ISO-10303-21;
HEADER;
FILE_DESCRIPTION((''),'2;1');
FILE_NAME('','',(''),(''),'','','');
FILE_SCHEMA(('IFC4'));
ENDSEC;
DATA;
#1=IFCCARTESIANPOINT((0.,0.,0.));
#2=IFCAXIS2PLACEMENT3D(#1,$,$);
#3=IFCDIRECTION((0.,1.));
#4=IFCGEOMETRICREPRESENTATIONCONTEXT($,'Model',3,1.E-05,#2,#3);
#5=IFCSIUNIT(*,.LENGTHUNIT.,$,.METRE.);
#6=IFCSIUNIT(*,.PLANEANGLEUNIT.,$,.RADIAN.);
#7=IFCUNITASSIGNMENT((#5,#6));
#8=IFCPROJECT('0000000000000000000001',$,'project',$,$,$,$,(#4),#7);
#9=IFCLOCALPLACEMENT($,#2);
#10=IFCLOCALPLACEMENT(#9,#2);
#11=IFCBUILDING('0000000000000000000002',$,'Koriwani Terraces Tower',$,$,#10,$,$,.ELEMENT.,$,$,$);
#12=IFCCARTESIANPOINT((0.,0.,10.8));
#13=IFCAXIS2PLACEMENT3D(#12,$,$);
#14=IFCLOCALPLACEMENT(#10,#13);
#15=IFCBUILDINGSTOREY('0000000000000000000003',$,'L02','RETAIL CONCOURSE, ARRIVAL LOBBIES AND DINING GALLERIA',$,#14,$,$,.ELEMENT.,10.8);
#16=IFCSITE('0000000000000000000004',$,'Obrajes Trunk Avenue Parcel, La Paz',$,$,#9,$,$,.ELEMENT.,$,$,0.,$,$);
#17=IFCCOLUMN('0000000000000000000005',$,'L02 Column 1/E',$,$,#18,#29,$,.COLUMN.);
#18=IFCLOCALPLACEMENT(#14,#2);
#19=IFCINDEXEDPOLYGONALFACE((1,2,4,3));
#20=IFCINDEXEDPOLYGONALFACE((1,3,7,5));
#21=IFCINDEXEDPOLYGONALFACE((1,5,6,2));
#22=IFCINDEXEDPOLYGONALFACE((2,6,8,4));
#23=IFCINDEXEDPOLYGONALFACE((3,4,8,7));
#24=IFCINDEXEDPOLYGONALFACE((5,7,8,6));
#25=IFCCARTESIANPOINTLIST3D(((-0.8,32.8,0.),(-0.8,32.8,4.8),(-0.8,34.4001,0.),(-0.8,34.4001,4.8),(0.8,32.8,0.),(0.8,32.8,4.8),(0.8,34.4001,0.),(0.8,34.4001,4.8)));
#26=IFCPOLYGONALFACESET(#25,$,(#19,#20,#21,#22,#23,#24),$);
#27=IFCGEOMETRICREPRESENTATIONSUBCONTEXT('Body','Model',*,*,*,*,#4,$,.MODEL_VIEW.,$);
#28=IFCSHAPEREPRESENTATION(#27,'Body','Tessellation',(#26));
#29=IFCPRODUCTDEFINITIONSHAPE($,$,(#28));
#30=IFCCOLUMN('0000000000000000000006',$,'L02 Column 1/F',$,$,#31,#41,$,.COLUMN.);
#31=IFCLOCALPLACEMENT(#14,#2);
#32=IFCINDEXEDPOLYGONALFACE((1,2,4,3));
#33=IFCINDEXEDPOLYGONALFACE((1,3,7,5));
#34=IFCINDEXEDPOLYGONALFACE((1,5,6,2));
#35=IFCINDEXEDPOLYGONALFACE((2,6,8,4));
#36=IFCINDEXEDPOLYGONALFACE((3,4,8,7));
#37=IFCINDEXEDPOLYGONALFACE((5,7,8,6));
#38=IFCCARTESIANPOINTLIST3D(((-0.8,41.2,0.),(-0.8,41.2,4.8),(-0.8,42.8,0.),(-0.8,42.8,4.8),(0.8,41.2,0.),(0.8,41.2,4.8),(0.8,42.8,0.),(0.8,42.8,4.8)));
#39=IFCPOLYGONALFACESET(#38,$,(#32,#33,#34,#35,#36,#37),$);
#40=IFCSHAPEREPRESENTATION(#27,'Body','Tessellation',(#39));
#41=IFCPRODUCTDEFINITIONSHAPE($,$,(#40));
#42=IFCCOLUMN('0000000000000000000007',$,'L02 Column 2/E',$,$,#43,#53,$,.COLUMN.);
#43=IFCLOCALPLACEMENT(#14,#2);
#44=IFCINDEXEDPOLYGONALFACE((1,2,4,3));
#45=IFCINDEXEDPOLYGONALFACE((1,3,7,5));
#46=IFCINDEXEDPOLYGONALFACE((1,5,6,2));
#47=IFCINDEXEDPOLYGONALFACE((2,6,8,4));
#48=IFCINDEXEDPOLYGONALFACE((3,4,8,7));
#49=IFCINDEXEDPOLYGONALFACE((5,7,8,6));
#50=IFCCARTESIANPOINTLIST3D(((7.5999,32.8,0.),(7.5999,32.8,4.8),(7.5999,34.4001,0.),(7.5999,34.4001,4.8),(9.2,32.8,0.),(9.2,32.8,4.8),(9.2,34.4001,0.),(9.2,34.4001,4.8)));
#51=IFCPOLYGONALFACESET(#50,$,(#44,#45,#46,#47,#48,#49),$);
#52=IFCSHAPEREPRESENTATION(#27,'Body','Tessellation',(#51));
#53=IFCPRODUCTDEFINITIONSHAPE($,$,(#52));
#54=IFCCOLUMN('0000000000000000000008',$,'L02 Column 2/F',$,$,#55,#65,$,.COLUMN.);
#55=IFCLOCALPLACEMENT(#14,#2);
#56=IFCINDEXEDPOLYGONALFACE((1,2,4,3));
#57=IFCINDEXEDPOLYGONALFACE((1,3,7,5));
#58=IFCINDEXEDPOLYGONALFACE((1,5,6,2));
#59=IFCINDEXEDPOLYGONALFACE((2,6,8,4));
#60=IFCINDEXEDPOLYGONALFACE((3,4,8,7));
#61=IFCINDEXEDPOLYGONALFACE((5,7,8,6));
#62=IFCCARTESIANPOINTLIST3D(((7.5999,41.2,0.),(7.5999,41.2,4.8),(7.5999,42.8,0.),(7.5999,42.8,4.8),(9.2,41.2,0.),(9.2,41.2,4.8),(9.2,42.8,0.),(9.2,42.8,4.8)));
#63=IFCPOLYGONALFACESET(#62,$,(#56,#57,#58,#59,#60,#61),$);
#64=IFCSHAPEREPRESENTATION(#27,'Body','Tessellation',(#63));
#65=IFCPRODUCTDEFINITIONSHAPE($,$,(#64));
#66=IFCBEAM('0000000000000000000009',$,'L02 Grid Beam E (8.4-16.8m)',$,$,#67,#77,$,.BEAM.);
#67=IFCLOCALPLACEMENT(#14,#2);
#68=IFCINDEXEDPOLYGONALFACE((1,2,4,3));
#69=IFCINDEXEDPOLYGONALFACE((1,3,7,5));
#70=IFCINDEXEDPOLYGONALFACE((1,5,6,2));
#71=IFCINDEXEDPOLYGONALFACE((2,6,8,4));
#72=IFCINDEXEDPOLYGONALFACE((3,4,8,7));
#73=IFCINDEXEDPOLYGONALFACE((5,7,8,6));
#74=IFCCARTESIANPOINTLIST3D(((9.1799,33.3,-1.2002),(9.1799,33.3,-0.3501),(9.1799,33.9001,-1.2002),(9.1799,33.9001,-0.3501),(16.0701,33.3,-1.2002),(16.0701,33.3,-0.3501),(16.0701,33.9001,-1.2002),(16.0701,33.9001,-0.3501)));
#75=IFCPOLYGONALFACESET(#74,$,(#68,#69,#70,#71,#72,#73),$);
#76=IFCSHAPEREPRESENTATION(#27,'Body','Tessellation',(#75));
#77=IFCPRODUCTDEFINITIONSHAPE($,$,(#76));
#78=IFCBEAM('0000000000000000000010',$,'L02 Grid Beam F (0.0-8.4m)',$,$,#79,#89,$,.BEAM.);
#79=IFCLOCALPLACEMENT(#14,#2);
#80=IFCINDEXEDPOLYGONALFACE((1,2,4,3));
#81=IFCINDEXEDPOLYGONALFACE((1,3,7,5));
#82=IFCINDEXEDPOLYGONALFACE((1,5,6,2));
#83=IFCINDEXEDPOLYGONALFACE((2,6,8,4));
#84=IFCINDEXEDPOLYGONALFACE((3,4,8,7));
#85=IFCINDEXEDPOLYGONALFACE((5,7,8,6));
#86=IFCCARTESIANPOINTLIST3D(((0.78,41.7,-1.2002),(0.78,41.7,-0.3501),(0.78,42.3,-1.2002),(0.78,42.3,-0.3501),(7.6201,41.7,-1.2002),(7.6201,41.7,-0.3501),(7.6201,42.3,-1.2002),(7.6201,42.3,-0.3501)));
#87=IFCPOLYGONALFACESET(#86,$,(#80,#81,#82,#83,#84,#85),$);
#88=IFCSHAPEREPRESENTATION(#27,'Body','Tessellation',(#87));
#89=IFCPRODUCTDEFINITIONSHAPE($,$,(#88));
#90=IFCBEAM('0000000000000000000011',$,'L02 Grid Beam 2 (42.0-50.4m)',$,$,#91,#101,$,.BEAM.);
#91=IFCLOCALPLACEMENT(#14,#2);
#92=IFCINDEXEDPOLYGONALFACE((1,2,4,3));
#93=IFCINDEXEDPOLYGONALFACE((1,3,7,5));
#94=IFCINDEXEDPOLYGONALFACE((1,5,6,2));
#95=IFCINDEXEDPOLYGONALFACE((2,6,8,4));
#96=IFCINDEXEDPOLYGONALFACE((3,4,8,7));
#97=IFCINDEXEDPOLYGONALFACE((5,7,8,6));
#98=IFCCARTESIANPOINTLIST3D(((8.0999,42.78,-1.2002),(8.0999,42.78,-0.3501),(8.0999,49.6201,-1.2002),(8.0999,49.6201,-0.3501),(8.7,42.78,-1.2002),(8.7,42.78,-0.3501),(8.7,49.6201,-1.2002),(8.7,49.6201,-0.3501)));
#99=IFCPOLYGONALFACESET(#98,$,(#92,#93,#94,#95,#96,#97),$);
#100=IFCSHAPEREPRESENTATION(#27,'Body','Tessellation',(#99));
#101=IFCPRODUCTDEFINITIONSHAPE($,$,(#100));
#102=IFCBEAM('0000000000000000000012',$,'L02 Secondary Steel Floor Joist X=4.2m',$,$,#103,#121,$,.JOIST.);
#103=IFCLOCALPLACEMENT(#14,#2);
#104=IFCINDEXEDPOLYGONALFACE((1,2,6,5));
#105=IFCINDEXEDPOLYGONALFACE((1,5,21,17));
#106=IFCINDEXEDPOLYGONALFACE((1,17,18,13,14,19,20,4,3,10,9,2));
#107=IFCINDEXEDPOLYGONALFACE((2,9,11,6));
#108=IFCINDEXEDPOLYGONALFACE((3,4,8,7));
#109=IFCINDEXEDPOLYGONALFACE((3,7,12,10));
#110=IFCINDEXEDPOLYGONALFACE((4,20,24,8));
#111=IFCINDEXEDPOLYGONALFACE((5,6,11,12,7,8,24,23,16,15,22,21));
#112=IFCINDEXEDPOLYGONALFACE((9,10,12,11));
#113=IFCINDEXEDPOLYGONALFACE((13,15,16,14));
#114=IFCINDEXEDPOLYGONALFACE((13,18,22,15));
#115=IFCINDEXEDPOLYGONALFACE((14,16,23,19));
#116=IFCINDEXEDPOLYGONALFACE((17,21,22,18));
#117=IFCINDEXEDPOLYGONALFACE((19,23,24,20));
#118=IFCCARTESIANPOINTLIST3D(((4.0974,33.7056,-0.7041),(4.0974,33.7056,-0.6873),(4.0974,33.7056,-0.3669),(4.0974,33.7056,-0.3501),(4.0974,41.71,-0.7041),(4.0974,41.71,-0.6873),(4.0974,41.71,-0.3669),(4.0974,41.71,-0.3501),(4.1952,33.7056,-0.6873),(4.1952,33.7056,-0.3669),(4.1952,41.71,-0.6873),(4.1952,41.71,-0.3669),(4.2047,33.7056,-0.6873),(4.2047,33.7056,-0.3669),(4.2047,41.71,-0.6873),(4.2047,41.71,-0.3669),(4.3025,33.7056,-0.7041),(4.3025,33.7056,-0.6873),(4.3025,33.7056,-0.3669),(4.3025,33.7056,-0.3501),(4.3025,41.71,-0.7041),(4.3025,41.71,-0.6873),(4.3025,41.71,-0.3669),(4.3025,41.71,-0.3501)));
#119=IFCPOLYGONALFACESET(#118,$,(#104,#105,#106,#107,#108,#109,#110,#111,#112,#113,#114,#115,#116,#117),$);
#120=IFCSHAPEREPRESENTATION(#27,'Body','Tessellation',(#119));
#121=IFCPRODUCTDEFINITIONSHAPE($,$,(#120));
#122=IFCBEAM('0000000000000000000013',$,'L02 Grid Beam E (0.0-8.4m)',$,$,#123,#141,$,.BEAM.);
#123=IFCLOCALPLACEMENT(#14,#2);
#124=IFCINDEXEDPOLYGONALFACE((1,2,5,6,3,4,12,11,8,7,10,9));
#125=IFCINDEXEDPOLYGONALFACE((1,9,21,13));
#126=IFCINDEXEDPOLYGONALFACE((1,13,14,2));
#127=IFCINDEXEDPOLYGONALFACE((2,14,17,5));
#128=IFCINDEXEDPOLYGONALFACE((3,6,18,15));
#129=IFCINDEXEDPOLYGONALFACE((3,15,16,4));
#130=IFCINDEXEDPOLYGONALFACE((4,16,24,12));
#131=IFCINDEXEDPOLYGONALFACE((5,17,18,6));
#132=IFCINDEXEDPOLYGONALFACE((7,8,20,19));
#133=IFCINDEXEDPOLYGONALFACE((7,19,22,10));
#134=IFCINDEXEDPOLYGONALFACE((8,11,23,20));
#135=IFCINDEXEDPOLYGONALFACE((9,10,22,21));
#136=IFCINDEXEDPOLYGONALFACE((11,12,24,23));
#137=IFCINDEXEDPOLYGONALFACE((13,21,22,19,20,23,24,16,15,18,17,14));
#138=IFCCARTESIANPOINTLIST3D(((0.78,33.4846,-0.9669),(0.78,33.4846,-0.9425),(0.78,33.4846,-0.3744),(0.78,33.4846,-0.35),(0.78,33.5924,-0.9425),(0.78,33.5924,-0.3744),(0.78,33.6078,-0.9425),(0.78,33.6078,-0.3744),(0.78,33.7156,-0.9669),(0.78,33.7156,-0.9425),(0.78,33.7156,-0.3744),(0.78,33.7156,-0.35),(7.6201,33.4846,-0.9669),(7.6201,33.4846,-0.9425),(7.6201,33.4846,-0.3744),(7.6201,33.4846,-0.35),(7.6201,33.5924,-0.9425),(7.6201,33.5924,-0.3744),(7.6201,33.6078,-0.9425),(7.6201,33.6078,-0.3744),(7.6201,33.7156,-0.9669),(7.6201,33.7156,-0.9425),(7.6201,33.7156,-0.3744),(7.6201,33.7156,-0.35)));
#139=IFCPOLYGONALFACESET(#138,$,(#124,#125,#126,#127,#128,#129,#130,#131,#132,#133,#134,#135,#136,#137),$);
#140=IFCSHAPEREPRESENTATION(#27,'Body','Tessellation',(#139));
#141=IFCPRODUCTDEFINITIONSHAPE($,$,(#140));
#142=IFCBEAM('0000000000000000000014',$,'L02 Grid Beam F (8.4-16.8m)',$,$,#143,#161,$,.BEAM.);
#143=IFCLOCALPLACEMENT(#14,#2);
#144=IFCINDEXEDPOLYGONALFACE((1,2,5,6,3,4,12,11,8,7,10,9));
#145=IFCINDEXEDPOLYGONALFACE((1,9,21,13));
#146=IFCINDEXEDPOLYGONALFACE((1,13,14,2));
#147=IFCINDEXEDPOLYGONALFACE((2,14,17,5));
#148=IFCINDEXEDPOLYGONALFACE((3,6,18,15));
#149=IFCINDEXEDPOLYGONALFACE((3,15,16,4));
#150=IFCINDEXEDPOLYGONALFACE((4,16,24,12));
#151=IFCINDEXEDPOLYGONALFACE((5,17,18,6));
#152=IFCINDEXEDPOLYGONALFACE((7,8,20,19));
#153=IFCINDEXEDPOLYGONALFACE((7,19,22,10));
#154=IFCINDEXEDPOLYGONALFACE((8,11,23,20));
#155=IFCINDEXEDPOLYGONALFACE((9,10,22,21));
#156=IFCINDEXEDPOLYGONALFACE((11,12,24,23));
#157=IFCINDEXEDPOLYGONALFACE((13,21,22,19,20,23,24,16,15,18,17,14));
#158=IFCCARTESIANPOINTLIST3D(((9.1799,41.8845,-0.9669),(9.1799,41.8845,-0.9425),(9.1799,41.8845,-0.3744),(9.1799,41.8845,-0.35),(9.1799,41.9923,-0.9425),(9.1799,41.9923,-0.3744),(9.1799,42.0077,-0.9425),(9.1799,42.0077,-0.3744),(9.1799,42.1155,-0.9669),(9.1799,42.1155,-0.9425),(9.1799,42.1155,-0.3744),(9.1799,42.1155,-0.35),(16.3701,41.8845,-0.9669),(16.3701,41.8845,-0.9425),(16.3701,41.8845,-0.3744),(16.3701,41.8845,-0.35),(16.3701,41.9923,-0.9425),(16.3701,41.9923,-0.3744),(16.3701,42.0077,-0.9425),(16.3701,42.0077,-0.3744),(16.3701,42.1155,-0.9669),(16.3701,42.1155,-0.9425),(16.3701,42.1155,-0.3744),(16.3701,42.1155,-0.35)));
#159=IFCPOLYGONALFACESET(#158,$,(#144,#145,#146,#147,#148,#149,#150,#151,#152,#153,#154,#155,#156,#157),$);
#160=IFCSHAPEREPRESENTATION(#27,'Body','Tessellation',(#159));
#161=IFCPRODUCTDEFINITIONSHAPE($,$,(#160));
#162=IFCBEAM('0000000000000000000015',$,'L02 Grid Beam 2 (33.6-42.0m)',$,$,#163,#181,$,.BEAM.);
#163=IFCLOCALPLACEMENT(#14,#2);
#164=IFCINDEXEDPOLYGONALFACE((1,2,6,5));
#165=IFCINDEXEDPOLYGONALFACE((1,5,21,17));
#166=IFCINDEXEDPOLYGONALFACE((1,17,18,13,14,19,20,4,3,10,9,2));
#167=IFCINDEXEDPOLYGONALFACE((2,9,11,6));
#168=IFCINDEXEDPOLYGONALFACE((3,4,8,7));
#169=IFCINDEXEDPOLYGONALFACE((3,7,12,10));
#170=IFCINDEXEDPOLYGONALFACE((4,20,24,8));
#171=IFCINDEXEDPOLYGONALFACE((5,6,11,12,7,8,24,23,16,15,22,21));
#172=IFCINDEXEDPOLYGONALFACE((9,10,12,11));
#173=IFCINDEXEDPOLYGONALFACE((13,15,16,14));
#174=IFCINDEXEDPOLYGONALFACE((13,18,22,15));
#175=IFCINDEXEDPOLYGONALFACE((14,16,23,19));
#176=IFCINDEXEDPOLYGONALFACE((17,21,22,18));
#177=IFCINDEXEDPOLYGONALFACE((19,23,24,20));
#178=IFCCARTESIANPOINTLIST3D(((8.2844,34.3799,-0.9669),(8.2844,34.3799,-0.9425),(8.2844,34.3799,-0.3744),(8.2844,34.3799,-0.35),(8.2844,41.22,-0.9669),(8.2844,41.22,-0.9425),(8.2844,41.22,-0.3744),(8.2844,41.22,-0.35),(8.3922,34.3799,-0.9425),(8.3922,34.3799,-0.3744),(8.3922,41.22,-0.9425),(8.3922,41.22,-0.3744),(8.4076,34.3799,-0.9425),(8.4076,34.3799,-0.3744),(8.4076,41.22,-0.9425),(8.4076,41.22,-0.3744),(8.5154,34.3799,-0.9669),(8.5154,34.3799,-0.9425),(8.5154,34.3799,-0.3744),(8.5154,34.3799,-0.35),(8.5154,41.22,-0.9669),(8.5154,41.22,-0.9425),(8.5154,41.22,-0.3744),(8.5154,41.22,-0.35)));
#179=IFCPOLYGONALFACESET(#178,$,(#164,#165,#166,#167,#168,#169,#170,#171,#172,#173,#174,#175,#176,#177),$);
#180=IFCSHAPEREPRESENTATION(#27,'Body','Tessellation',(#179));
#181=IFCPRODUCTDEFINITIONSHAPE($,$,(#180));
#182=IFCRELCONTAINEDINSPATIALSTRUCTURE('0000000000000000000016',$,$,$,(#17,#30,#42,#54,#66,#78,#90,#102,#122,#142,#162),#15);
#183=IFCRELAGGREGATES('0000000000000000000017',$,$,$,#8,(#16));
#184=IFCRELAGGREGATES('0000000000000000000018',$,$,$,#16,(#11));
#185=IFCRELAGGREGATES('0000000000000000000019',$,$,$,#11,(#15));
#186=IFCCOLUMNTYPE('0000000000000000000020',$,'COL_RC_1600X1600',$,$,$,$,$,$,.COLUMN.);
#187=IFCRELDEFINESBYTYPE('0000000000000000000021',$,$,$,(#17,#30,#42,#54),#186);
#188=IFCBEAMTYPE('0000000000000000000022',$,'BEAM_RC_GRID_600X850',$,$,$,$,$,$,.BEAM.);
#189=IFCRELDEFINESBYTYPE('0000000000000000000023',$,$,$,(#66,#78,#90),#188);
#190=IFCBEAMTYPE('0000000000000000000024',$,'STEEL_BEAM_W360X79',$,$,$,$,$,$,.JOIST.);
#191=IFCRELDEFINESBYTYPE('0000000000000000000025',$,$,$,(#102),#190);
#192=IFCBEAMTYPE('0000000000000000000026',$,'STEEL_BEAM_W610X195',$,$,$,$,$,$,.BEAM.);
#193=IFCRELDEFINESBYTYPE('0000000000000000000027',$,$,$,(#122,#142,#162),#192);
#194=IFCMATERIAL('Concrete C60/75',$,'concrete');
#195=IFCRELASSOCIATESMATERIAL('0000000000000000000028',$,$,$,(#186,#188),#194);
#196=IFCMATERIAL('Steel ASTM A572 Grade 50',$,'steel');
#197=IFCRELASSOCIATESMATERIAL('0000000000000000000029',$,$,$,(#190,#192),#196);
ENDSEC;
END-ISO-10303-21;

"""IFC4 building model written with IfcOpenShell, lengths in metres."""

from ifc_helpers import new_model, si_unit, direction, frame, origin, origin_2d, place, context, subcontext, project, spatial, rectangle, i_section, extrude, material, material_profile, profile_set, type_object, element, save


model = new_model("IFC4")

# Units and contexts
model_context = context("Model", 3, precision=1e-05, world=origin(), true_north=direction((0.0, 1.0)))
body_context = subcontext(model_context, "Body", "Model", "MODEL_VIEW")
ifc_project = project(units=[si_unit("LENGTHUNIT", "METRE"), si_unit("PLANEANGLEUNIT", "RADIAN")], contexts=[model_context])

# Site, building, storey
site_placement = place(None, origin())
site = spatial("IfcSite", under=ifc_project, at=site_placement, Name="Obrajes Trunk Avenue Parcel, La Paz", CompositionType="ELEMENT", RefElevation=0.0)
building_placement = place(site_placement, origin())
building = spatial("IfcBuilding", under=site, at=building_placement, Name="Koriwani Terraces Tower", CompositionType="ELEMENT")
storey_placement = place(building_placement, frame((0.0, 0.0, 10.8)))
storey = spatial("IfcBuildingStorey", under=building, at=storey_placement, Name="L02", Description="RETAIL CONCOURSE, ARRIVAL LOBBIES AND DINING GALLERIA", CompositionType="ELEMENT", Elevation=10.8)

# Columns
ifc_material_1 = material(Name="Concrete C60/75", Category="concrete")
ifc_material_profile_1 = material_profile(ifc_material_1, rectangle(XDim=1.6001, YDim=1.6001, at=origin_2d()), Name="Concrete C60/75", Category="LoadBearing")
ifc_profile_set_1 = profile_set([ifc_material_profile_1], Name="Concrete C60/75")
column_type = type_object("IfcColumnType", Name="COL_RC_1600X1600", PredefinedType="COLUMN", material=ifc_profile_set_1)
for number, where, z_axis, x_axis, name in (
    (1, (0.0, 33.6001, 0.0), (0.0, 0.0, 1.0), (1.0, 0.0, 0.0), "L02 Column 1/E"),
    (2, (0.0, 42.0, 0.0), (0.0, 0.0, 1.0), (1.0, 0.0, 0.0), "L02 Column 1/F"),
    (3, (8.3999, 33.6001, 0.0), (0.0, 0.0, 1.0), (1.0, 0.0, 0.0), "L02 Column 2/E"),
    (4, (8.3999, 42.0, 0.0), (0.0, 0.0, 1.0), (1.0, 0.0, 0.0), "L02 Column 2/F"),
):
    element("IfcColumn", number, at=place(storey_placement, frame(where, z_axis=z_axis, x_axis=x_axis)), inside=storey, type_object=column_type, Name=name, PredefinedType="COLUMN", context=body_context, shape_type="SweptSolid", body=[
        extrude(rectangle(XDim=1.6001, YDim=1.6001, at=origin_2d()), origin(), (0.0, 0.0, 1.0), 4.8),
    ])

# Beams
ifc_material_profile_2 = material_profile(ifc_material_1, rectangle(XDim=0.6001, YDim=0.8501, at=origin_2d()), Name="Concrete C60/75", Category="LoadBearing")
ifc_profile_set_2 = profile_set([ifc_material_profile_2], Name="Concrete C60/75")
beam_type_1 = type_object("IfcBeamType", Name="BEAM_RC_GRID_600X850", PredefinedType="BEAM", material=ifc_profile_set_2)
beam_1_placement = place(storey_placement, frame((9.1799, 33.6001, -0.7751), z_axis=(1.0, 0.0, 0.0), x_axis=(0.0, 1.0, 0.0)))
element("IfcBeam", 5, at=beam_1_placement, inside=storey, type_object=beam_type_1, Name="L02 Grid Beam E (8.4-16.8m)", PredefinedType="BEAM", context=body_context, shape_type="SweptSolid", body=[
    extrude(rectangle(XDim=0.6001, YDim=0.8501, at=origin_2d()), origin(), (0.0, 0.0, 1.0), 6.8901),
])
for number, where, z_axis, x_axis, name in (
    (6, (0.78, 42.0, -0.7751), (1.0, 0.0, 0.0), (0.0, 1.0, 0.0), "L02 Grid Beam F (0.0-8.4m)"),
    (7, (8.3999, 42.78, -0.7751), (0.0, 1.0, 0.0), (-1.0, 0.0, 0.0), "L02 Grid Beam 2 (42.0-50.4m)"),
):
    element("IfcBeam", number, at=place(storey_placement, frame(where, z_axis=z_axis, x_axis=x_axis)), inside=storey, type_object=beam_type_1, Name=name, PredefinedType="BEAM", context=body_context, shape_type="SweptSolid", body=[
        extrude(rectangle(XDim=0.6001, YDim=0.8501, at=origin_2d()), origin(), (0.0, 0.0, 1.0), 6.8401),
    ])
ifc_material_2 = material(Name="Steel ASTM A572 Grade 50", Category="steel")
ifc_material_profile_3 = material_profile(ifc_material_2, i_section(OverallWidth=0.2051, OverallDepth=0.354, WebThickness=0.0095, FlangeThickness=0.0168, at=origin_2d()), Name="Steel ASTM A572 Grade 50", Category="LoadBearing")
ifc_profile_set_3 = profile_set([ifc_material_profile_3], Name="Steel ASTM A572 Grade 50")
beam_type_2 = type_object("IfcBeamType", Name="STEEL_BEAM_W360X79", PredefinedType="JOIST", material=ifc_profile_set_3)
beam_2_placement = place(storey_placement, frame((4.2, 33.7056, -0.5271), z_axis=(0.0, 1.0, 0.0), x_axis=(-1.0, 0.0, 0.0)))
element("IfcBeam", 8, at=beam_2_placement, inside=storey, type_object=beam_type_2, Name="L02 Secondary Steel Floor Joist X=4.2m", PredefinedType="JOIST", context=body_context, shape_type="SweptSolid", body=[
    extrude(i_section(OverallWidth=0.2051, OverallDepth=0.354, WebThickness=0.0095, FlangeThickness=0.0168, at=origin_2d()), origin(), (0.0, 0.0, 1.0), 8.0044),
])
ifc_material_profile_4 = material_profile(ifc_material_2, i_section(OverallWidth=0.231, OverallDepth=0.6169, WebThickness=0.0154, FlangeThickness=0.0244, at=origin_2d()), Name="Steel ASTM A572 Grade 50", Category="LoadBearing")
ifc_profile_set_4 = profile_set([ifc_material_profile_4], Name="Steel ASTM A572 Grade 50")
beam_type_3 = type_object("IfcBeamType", Name="STEEL_BEAM_W610X195", PredefinedType="BEAM", material=ifc_profile_set_4)
beam_3_placement = place(storey_placement, frame((0.78, 33.6001, -0.6584), z_axis=(1.0, 0.0, 0.0), x_axis=(0.0, 1.0, 0.0)))
element("IfcBeam", 9, at=beam_3_placement, inside=storey, type_object=beam_type_3, Name="L02 Grid Beam E (0.0-8.4m)", PredefinedType="BEAM", context=body_context, shape_type="SweptSolid", body=[
    extrude(i_section(OverallWidth=0.231, OverallDepth=0.6169, WebThickness=0.0154, FlangeThickness=0.0244, at=origin_2d()), origin(), (0.0, 0.0, 1.0), 6.8401),
])
beam_4_placement = place(storey_placement, frame((9.1799, 42.0, -0.6584), z_axis=(1.0, 0.0, 0.0), x_axis=(0.0, 1.0, 0.0)))
element("IfcBeam", 10, at=beam_4_placement, inside=storey, type_object=beam_type_3, Name="L02 Grid Beam F (8.4-16.8m)", PredefinedType="BEAM", context=body_context, shape_type="SweptSolid", body=[
    extrude(i_section(OverallWidth=0.231, OverallDepth=0.6169, WebThickness=0.0154, FlangeThickness=0.0244, at=origin_2d()), origin(), (0.0, 0.0, 1.0), 7.1902),
])
beam_5_placement = place(storey_placement, frame((8.3999, 34.3799, -0.6584), z_axis=(0.0, 1.0, 0.0), x_axis=(-1.0, 0.0, 0.0)))
element("IfcBeam", 11, at=beam_5_placement, inside=storey, type_object=beam_type_3, Name="L02 Grid Beam 2 (33.6-42.0m)", PredefinedType="BEAM", context=body_context, shape_type="SweptSolid", body=[
    extrude(i_section(OverallWidth=0.231, OverallDepth=0.6169, WebThickness=0.0154, FlangeThickness=0.0244, at=origin_2d()), origin(), (0.0, 0.0, 1.0), 6.8401),
])

save(model, "model.ifc")
